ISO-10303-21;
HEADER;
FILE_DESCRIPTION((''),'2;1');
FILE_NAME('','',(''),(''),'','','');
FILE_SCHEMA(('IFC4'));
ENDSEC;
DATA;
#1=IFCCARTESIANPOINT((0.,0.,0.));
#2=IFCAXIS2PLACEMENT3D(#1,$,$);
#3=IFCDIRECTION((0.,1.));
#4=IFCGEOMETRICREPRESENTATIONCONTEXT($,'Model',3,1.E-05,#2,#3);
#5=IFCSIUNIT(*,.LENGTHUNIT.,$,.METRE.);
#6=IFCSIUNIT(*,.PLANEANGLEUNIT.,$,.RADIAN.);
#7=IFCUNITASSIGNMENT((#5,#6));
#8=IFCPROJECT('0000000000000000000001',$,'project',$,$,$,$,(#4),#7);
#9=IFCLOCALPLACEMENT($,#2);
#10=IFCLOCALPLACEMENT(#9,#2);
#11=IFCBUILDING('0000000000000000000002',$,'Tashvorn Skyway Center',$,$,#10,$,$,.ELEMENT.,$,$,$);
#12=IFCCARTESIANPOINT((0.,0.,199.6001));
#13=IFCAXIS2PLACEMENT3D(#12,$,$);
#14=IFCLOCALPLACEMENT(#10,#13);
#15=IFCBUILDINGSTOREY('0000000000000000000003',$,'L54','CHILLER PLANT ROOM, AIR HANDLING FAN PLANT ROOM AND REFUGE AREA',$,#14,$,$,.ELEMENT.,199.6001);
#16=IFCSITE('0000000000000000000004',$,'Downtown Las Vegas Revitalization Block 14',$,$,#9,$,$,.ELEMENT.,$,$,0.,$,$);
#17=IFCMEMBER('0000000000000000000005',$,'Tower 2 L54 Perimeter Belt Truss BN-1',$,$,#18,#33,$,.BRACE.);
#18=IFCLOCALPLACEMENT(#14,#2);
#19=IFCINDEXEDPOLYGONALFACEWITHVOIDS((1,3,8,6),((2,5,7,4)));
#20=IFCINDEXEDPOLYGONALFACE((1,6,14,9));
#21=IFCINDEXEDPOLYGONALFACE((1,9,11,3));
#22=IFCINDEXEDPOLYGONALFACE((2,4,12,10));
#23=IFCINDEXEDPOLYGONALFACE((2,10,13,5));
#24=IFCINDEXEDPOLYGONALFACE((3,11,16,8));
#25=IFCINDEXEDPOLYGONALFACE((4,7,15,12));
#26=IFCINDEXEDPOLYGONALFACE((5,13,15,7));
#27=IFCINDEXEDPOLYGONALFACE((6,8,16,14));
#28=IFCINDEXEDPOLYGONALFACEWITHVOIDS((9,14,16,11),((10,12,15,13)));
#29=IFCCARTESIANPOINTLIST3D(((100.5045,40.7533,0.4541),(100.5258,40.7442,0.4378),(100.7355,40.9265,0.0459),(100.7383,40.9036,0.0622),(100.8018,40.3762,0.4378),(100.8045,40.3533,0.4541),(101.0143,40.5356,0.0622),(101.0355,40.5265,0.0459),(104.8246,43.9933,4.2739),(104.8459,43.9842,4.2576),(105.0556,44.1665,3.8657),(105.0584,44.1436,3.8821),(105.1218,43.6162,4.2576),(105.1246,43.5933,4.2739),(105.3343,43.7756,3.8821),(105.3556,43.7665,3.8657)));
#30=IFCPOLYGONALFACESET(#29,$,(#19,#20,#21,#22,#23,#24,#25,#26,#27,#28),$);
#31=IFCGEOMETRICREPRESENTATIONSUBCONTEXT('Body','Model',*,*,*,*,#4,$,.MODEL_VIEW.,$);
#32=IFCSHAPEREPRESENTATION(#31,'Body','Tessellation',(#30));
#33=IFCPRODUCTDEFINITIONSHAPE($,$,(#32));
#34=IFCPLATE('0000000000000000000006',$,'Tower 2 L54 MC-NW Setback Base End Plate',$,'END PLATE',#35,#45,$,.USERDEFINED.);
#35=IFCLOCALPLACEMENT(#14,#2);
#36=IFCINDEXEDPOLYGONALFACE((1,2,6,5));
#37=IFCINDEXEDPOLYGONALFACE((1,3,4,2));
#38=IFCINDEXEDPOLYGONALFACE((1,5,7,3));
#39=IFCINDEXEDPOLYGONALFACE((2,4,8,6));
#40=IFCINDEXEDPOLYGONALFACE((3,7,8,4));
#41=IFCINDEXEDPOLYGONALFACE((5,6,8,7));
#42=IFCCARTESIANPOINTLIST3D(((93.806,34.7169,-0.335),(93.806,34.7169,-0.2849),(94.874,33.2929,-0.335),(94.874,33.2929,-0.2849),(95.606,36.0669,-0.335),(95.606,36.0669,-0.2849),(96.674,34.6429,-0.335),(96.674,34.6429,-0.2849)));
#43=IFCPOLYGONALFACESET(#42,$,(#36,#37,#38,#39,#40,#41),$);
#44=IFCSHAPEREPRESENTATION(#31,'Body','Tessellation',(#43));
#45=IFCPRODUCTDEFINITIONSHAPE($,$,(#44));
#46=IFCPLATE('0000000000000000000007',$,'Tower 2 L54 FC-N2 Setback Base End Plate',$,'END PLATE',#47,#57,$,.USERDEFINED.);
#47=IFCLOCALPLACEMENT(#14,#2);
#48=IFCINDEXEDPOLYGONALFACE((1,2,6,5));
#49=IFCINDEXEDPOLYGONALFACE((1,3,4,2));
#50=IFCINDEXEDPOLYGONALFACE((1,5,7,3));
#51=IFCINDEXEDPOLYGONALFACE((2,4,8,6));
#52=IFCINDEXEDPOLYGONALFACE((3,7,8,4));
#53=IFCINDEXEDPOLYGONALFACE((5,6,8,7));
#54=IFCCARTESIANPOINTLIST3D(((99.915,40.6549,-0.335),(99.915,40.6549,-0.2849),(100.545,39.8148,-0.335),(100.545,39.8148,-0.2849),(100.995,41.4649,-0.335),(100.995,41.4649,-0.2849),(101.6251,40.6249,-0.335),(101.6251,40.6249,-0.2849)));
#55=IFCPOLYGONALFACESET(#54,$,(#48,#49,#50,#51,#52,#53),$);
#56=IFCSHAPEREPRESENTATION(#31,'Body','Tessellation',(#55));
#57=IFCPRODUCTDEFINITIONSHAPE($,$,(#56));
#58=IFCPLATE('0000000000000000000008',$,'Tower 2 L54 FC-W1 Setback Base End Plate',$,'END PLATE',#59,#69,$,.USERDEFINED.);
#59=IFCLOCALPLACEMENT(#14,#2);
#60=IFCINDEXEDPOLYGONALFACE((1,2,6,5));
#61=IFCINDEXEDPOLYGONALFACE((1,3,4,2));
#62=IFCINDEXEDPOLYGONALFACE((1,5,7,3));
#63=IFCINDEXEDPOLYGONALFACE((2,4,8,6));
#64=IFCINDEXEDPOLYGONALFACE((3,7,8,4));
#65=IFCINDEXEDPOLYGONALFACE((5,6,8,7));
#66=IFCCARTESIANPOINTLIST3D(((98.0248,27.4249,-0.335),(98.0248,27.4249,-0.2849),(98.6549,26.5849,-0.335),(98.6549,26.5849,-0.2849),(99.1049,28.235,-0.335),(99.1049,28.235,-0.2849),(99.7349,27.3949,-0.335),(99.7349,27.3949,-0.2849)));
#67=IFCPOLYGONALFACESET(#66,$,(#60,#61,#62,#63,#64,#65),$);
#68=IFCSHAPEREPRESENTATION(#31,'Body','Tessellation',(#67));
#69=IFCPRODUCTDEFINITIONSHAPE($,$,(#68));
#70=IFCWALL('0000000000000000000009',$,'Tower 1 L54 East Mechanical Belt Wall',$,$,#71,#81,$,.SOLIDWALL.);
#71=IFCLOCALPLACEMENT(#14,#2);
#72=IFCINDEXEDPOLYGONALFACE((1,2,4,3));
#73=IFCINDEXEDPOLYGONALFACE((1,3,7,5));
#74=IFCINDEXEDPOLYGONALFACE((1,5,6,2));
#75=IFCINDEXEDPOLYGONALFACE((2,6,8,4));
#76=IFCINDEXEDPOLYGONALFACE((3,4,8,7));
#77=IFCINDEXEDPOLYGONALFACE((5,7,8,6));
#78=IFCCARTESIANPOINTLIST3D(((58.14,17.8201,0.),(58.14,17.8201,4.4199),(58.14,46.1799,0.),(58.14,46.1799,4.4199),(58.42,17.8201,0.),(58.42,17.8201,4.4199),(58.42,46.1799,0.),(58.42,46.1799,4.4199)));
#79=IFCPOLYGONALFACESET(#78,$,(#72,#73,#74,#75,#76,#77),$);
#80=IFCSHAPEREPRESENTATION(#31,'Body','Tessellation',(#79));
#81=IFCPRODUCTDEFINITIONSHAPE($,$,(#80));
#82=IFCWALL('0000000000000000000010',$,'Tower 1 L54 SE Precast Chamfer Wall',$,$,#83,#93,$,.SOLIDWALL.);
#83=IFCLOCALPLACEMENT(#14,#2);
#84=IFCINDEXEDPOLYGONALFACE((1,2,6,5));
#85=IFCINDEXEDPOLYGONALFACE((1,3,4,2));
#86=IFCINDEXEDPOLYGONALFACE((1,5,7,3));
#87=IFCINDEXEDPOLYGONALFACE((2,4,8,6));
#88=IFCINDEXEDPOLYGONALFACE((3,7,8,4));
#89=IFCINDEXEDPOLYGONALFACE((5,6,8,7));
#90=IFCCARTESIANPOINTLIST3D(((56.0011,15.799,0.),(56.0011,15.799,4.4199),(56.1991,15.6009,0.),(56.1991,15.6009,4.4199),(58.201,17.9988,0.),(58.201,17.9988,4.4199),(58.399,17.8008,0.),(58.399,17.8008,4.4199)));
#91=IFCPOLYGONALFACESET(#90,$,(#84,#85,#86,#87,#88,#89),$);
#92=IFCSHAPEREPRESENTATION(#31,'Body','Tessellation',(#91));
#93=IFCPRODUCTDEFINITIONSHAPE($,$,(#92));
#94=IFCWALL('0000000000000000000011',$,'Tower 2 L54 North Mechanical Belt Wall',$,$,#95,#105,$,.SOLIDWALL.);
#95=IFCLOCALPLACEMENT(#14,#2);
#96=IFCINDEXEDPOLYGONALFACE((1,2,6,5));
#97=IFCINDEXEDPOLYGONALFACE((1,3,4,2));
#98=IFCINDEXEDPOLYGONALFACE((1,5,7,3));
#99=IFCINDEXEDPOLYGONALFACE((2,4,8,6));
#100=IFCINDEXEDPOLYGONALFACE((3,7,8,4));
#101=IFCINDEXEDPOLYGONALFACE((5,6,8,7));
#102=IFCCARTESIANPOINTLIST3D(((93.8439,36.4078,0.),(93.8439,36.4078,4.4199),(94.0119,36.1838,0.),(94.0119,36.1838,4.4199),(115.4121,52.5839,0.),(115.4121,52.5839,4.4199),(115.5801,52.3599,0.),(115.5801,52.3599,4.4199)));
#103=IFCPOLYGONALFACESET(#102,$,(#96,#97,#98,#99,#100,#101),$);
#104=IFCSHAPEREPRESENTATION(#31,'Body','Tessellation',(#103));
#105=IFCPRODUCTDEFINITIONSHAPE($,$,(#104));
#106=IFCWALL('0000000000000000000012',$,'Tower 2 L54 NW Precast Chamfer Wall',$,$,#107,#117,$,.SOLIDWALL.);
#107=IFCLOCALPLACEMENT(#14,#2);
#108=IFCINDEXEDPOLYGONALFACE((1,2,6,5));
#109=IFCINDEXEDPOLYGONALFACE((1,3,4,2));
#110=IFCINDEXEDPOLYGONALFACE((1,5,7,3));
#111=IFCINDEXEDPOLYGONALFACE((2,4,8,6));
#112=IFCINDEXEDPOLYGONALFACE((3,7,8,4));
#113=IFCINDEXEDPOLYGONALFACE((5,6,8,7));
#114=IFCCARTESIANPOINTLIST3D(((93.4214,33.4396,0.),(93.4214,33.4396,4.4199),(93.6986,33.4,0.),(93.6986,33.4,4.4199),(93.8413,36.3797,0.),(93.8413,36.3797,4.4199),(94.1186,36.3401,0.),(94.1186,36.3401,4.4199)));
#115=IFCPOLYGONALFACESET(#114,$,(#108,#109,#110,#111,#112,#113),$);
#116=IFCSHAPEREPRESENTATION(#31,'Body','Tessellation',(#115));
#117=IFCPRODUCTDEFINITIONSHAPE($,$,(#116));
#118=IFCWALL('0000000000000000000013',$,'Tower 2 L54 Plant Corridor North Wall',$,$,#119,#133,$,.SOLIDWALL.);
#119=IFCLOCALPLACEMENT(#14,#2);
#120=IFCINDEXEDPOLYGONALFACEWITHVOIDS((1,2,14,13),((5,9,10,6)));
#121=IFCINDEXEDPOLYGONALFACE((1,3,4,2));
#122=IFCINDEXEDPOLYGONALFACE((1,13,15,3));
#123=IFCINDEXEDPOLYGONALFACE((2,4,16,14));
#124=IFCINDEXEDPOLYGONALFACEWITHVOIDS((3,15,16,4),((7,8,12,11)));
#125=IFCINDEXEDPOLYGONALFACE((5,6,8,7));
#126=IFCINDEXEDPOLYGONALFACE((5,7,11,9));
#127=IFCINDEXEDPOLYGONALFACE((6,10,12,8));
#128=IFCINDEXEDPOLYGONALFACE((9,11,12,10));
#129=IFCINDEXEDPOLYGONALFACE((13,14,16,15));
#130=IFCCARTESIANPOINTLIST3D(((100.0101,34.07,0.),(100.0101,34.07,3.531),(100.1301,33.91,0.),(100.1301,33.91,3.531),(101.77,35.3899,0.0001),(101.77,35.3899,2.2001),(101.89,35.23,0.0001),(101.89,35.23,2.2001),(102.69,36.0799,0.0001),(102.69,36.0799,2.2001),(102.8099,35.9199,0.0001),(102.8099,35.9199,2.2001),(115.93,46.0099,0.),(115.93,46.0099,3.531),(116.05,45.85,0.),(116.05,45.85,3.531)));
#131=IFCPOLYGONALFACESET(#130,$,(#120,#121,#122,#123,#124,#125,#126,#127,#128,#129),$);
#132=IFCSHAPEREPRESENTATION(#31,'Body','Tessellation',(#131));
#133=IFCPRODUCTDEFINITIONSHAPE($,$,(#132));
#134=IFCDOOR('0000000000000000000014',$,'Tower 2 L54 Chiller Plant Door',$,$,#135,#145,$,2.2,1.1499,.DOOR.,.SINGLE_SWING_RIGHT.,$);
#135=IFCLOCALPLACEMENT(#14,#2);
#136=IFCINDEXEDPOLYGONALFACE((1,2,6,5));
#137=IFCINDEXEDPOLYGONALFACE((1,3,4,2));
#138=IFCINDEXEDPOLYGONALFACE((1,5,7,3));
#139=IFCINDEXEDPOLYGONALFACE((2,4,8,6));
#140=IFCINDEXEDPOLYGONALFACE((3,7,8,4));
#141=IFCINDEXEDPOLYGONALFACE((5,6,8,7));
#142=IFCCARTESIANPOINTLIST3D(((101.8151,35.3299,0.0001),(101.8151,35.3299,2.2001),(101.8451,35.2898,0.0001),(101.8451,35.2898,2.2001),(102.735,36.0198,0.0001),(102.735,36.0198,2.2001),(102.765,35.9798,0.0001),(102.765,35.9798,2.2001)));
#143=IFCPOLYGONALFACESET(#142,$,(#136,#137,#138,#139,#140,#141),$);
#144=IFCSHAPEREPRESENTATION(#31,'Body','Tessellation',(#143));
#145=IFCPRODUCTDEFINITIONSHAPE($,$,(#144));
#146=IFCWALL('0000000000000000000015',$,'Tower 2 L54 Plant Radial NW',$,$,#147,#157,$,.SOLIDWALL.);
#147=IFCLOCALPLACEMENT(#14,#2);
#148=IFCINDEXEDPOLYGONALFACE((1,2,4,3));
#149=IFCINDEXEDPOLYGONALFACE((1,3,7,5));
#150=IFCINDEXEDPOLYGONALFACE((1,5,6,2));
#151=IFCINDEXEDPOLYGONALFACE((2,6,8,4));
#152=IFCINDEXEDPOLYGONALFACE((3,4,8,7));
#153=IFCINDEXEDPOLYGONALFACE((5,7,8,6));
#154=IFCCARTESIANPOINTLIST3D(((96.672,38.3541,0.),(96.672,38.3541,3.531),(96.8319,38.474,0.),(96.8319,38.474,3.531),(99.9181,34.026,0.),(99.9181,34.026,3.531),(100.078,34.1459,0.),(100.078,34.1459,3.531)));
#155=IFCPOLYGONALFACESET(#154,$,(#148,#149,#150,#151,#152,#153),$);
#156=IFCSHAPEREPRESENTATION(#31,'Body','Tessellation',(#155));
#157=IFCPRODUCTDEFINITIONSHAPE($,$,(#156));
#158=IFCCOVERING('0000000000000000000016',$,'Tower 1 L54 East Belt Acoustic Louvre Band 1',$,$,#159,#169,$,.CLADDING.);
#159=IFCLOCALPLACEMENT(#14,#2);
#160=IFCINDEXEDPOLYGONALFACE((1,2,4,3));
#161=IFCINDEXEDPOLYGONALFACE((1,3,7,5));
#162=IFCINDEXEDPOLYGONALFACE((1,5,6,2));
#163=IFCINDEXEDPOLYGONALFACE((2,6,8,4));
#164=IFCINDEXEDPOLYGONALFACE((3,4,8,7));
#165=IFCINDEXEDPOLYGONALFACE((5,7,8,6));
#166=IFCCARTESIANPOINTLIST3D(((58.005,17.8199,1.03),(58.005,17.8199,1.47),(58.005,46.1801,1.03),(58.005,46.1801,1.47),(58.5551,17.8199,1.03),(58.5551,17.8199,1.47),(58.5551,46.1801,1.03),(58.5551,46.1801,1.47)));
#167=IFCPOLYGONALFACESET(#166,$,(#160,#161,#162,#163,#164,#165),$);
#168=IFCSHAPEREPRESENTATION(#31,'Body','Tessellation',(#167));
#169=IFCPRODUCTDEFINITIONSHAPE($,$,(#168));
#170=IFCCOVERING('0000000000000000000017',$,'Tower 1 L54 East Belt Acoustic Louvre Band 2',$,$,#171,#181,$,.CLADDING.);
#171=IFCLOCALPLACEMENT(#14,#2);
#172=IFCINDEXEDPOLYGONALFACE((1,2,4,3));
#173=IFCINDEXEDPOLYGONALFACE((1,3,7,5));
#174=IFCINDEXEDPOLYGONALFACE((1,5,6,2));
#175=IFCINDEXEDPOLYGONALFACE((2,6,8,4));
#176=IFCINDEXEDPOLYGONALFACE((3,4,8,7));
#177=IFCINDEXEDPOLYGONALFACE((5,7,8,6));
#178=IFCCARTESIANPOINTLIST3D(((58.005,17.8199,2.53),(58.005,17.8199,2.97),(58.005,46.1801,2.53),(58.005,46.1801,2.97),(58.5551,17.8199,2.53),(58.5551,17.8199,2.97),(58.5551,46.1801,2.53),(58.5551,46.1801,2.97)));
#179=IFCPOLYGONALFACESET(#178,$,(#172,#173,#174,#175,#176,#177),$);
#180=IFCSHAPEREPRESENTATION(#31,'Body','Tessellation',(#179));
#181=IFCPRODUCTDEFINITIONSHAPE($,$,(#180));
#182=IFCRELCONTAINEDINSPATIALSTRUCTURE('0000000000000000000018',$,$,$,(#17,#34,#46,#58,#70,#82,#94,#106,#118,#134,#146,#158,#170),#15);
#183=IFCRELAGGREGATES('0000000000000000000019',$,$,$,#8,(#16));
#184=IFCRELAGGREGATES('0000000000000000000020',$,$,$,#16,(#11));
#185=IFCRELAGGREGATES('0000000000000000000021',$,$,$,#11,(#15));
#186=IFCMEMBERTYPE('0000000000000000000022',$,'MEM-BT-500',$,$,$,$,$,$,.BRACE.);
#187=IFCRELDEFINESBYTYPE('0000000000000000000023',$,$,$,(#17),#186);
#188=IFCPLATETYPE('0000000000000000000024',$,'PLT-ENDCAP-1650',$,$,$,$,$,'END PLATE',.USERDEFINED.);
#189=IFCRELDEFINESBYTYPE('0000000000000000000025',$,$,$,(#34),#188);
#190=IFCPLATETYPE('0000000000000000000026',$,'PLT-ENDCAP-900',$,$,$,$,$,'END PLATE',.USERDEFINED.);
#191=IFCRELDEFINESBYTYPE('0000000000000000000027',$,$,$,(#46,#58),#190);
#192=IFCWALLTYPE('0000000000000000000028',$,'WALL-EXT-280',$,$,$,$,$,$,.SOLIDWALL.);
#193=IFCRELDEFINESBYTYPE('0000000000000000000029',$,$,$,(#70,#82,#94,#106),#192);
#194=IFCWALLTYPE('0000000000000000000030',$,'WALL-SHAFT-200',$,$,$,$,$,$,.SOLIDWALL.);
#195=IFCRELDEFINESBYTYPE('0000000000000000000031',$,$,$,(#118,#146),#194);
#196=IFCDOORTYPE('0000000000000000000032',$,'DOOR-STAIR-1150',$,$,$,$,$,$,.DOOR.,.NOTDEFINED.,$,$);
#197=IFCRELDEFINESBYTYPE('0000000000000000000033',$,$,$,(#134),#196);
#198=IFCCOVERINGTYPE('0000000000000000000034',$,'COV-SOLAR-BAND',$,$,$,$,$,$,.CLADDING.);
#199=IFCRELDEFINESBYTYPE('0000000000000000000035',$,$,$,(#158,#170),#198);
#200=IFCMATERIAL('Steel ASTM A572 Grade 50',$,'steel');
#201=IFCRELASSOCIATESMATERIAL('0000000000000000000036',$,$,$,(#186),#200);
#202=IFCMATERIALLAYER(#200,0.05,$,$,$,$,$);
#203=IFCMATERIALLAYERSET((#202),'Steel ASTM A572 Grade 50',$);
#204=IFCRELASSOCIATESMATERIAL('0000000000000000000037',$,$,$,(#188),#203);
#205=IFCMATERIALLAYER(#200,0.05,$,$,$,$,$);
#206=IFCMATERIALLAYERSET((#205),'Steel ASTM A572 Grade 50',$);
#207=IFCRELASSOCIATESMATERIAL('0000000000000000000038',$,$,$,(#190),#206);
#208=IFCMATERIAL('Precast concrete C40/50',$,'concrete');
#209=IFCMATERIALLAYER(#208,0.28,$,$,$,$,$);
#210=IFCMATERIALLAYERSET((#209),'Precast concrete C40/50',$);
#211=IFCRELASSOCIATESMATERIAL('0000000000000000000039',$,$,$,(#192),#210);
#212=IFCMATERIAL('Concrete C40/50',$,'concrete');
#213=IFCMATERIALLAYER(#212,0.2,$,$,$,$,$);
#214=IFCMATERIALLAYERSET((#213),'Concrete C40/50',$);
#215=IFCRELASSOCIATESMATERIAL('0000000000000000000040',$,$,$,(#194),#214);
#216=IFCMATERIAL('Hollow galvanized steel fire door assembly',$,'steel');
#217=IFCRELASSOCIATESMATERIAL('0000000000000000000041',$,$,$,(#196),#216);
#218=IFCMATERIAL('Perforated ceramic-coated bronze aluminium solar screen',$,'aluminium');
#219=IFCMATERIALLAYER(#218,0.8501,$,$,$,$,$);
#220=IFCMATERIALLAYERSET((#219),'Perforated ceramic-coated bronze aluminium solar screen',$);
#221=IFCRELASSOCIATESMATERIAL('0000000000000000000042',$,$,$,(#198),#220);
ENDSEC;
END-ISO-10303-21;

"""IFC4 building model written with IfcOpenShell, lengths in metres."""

from ifc_helpers import new_model, si_unit, direction, frame, frame_2d, origin, origin_2d, place, context, subcontext, project, spatial, rectangle, hollow_rectangle, extrude, material, layer, layer_set, material_profile, profile_set, type_object, element, fill, save


model = new_model("IFC4")

# Units and contexts
model_context = context("Model", 3, precision=1e-05, world=origin(), true_north=direction((0.0, 1.0)))
body_context = subcontext(model_context, "Body", "Model", "MODEL_VIEW")
ifc_project = project(units=[si_unit("LENGTHUNIT", "METRE"), si_unit("PLANEANGLEUNIT", "RADIAN")], contexts=[model_context])

# Site, building, storey
site_placement = place(None, origin())
site = spatial("IfcSite", under=ifc_project, at=site_placement, Name="Downtown Las Vegas Revitalization Block 14", CompositionType="ELEMENT", RefElevation=0.0)
building_placement = place(site_placement, origin())
building = spatial("IfcBuilding", under=site, at=building_placement, Name="Tashvorn Skyway Center", CompositionType="ELEMENT")
storey_placement = place(building_placement, frame((0.0, 0.0, 199.6001)))
storey = spatial("IfcBuildingStorey", under=building, at=storey_placement, Name="L54", Description="CHILLER PLANT ROOM, AIR HANDLING FAN PLANT ROOM AND REFUGE AREA", CompositionType="ELEMENT", Elevation=199.6001)

# Shared definitions
ifc_material_1 = material(Name="Steel ASTM A572 Grade 50", Category="steel")

# Member
ifc_material_profile_1 = material_profile(ifc_material_1, hollow_rectangle(XDim=0.5, YDim=0.5, WallThickness=0.02, at=origin_2d()), Name="HSS500x500x20")
ifc_profile_set_1 = profile_set([ifc_material_profile_1], Name="Steel ASTM A572 Grade 50")
member_type = type_object("IfcMemberType", Name="MEM-BT-500", PredefinedType="BRACE", material=ifc_profile_set_1)
member_placement = place(storey_placement, frame((100.77, 40.6399, 0.25), z_axis=(0.653121, 0.489832, 0.577493), x_axis=(-0.599993, 0.800005, 0.0)))
element("IfcMember", 1, at=member_placement, inside=storey, type_object=member_type, Name="Tower 2 L54 Perimeter Belt Truss BN-1", PredefinedType="BRACE", context=body_context, shape_type="SweptSolid", body=[
    extrude(hollow_rectangle(XDim=0.5, YDim=0.5, WallThickness=0.02, at=origin_2d()), origin(), (0.0, 0.0, 1.0), 6.6145),
])

# Plates
ifc_layer_1 = layer(ifc_material_1, 0.05)
ifc_layer_set_1 = layer_set([ifc_layer_1], Name="Steel ASTM A572 Grade 50")
plate_type_1 = type_object("IfcPlateType", Name="PLT-ENDCAP-1650", ElementType="END PLATE", PredefinedType="USERDEFINED", material=ifc_layer_set_1)
plate_placement = place(storey_placement, frame((95.24, 34.6799, -0.335), z_axis=(0.0, 0.0, 1.0), x_axis=(0.8, 0.6, 0.0)))
element("IfcPlate", 2, at=plate_placement, inside=storey, type_object=plate_type_1, Name="Tower 2 L54 MC-NW Setback Base End Plate", ObjectType="END PLATE", PredefinedType="USERDEFINED", context=body_context, shape_type="SweptSolid", body=[
    extrude(rectangle(XDim=2.25, YDim=1.78, at=origin_2d()), origin(), (0.0, 0.0, 1.0), 0.05),
])
ifc_layer_2 = layer(ifc_material_1, 0.05)
ifc_layer_set_2 = layer_set([ifc_layer_2], Name="Steel ASTM A572 Grade 50")
plate_type_2 = type_object("IfcPlateType", Name="PLT-ENDCAP-900", ElementType="END PLATE", PredefinedType="USERDEFINED", material=ifc_layer_set_2)
for number, where, z_axis, x_axis, name in (
    (3, (100.77, 40.6399, -0.335), (0.0, 0.0, 1.0), (0.8, 0.6, 0.0), "Tower 2 L54 FC-N2 Setback Base End Plate"),
    (4, (98.8799, 27.4099, -0.335), (0.0, 0.0, 1.0), (0.8, 0.6, 0.0), "Tower 2 L54 FC-W1 Setback Base End Plate"),
):
    element("IfcPlate", number, at=place(storey_placement, frame(where, z_axis=z_axis, x_axis=x_axis)), inside=storey, type_object=plate_type_2, Name=name, ObjectType="END PLATE", PredefinedType="USERDEFINED", context=body_context, shape_type="SweptSolid", body=[
        extrude(rectangle(XDim=1.3501, YDim=1.05, at=origin_2d()), origin(), (0.0, 0.0, 1.0), 0.05),
    ])

# Walls
ifc_material_2 = material(Name="Precast concrete C40/50", Category="concrete")
ifc_layer_3 = layer(ifc_material_2, 0.28)
ifc_layer_set_3 = layer_set([ifc_layer_3], Name="Precast concrete C40/50")
wall_type_1 = type_object("IfcWallType", Name="WALL-EXT-280", PredefinedType="SOLIDWALL", material=ifc_layer_set_3)
wall_1_placement = place(storey_placement, frame((58.28, 46.1799, 0.0), z_axis=(0.0, 0.0, 1.0), x_axis=(0.0, -1.0, 0.0)))
element("IfcWall", 5, at=wall_1_placement, inside=storey, type_object=wall_type_1, Name="Tower 1 L54 East Mechanical Belt Wall", PredefinedType="SOLIDWALL", context=body_context, shape_type="SweptSolid", body=[
    extrude(rectangle(XDim=28.3599, YDim=0.28, at=frame_2d((14.1799, 0.0))), origin(), (0.0, 0.0, 1.0), 4.4199),
])
wall_2_placement = place(storey_placement, frame((58.3, 17.8999, 0.0), z_axis=(0.0, 0.0, 1.0), x_axis=(-0.707107, -0.707107, 0.0)))
element("IfcWall", 6, at=wall_2_placement, inside=storey, type_object=wall_type_1, Name="Tower 1 L54 SE Precast Chamfer Wall", PredefinedType="SOLIDWALL", context=body_context, shape_type="SweptSolid", body=[
    extrude(rectangle(XDim=3.1111, YDim=0.28, at=frame_2d((1.5557, 0.0))), origin(), (0.0, 0.0, 1.0), 4.4199),
])
wall_3_placement = place(storey_placement, frame((93.928, 36.2959, 0.0), z_axis=(0.0, 0.0, 1.0), x_axis=(0.800001, 0.599999, 0.0)))
element("IfcWall", 7, at=wall_3_placement, inside=storey, type_object=wall_type_1, Name="Tower 2 L54 North Mechanical Belt Wall", PredefinedType="SOLIDWALL", context=body_context, shape_type="SweptSolid", body=[
    extrude(rectangle(XDim=26.9602, YDim=0.28, at=frame_2d((13.48, 0.0))), origin(), (0.0, 0.0, 1.0), 4.4199),
])
wall_4_placement = place(storey_placement, frame((93.5601, 33.4199, 0.0), z_axis=(0.0, 0.0, 1.0), x_axis=(0.141387, 0.989954, 0.0)))
element("IfcWall", 8, at=wall_4_placement, inside=storey, type_object=wall_type_1, Name="Tower 2 L54 NW Precast Chamfer Wall", PredefinedType="SOLIDWALL", context=body_context, shape_type="SweptSolid", body=[
    extrude(rectangle(XDim=2.97, YDim=0.28, at=frame_2d((1.4849, 0.0))), origin(), (0.0, 0.0, 1.0), 4.4199),
])

# Wall, opening, door
ifc_material_3 = material(Name="Concrete C40/50", Category="concrete")
ifc_layer_4 = layer(ifc_material_3, 0.2)
ifc_layer_set_4 = layer_set([ifc_layer_4], Name="Concrete C40/50")
wall_type_2 = type_object("IfcWallType", Name="WALL-SHAFT-200", PredefinedType="SOLIDWALL", material=ifc_layer_set_4)
wall_5_placement = place(storey_placement, frame((100.0701, 33.99, 0.0), z_axis=(0.0, 0.0, 1.0), x_axis=(0.8, 0.6, 0.0)))
wall_5 = element("IfcWall", 9, at=wall_5_placement, inside=storey, type_object=wall_type_2, Name="Tower 2 L54 Plant Corridor North Wall", PredefinedType="SOLIDWALL", context=body_context, shape_type="SweptSolid", body=[
    extrude(rectangle(XDim=19.8999, YDim=0.2, at=frame_2d((9.95, 0.0))), origin(), (0.0, 0.0, 1.0), 3.531),
])
opening_placement = place(wall_5_placement, frame((2.2, 0.0, 0.0)))
opening = element("IfcOpeningElement", 10, at=opening_placement, cuts=wall_5, PredefinedType="OPENING", context=body_context, shape_type="SweptSolid", body=[
    extrude(rectangle(XDim=1.1499, YDim=2.2, at=frame_2d((0.575, 1.1001))), frame((0.0, 0.1099, 0.0), z_axis=(0.0, -1.0, 0.0), x_axis=(1.0, 0.0, 0.0)), (0.0, 0.0, 1.0), 0.22),
])
ifc_material_4 = material(Name="Hollow galvanized steel fire door assembly", Category="steel")
door_type = type_object("IfcDoorType", Name="DOOR-STAIR-1150", OperationType="NOTDEFINED", PredefinedType="DOOR", material=ifc_material_4)
door_placement = place(opening_placement, origin())
door = element("IfcDoor", 11, at=door_placement, inside=storey, type_object=door_type, Name="Tower 2 L54 Chiller Plant Door", OperationType="SINGLE_SWING_RIGHT", OverallHeight=2.2, OverallWidth=1.1499, PredefinedType="DOOR", context=body_context, shape_type="SweptSolid", body=[
    extrude(rectangle(XDim=1.1499, YDim=2.2, at=frame_2d((0.575, 1.1001))), frame((0.0, 0.0249, 0.0), z_axis=(0.0, -1.0, 0.0), x_axis=(1.0, 0.0, 0.0)), (0.0, 0.0, 1.0), 0.05),
])
fill(opening, door)

# Wall
wall_6_placement = place(storey_placement, frame((99.998, 34.0859, 0.0), z_axis=(0.0, 0.0, 1.0), x_axis=(-0.6, 0.8, 0.0)))
element("IfcWall", 12, at=wall_6_placement, inside=storey, type_object=wall_type_2, Name="Tower 2 L54 Plant Radial NW", PredefinedType="SOLIDWALL", context=body_context, shape_type="SweptSolid", body=[
    extrude(rectangle(XDim=5.4102, YDim=0.2, at=frame_2d((2.7051, 0.0))), origin(), (0.0, 0.0, 1.0), 3.531),
])

# Coverings
ifc_material_5 = material(Name="Perforated ceramic-coated bronze aluminium solar screen", Category="aluminium")
ifc_layer_5 = layer(ifc_material_5, 0.8501)
ifc_layer_set_5 = layer_set([ifc_layer_5], Name="Perforated ceramic-coated bronze aluminium solar screen")
covering_type_1 = type_object("IfcCoveringType", Name="COV-SOLAR-BAND", PredefinedType="CLADDING", material=ifc_layer_set_5)
for number, where, z_axis, x_axis, name in (
    (13, (58.28, 32.0, 1.03), (0.0, 0.0, 1.0), (0.0, -1.0, 0.0), "Tower 1 L54 East Belt Acoustic Louvre Band 1"),
    (14, (58.28, 32.0, 2.53), (0.0, 0.0, 1.0), (0.0, -1.0, 0.0), "Tower 1 L54 East Belt Acoustic Louvre Band 2"),
):
    element("IfcCovering", number, at=place(storey_placement, frame(where, z_axis=z_axis, x_axis=x_axis)), inside=storey, type_object=covering_type_1, Name=name, PredefinedType="CLADDING", context=body_context, shape_type="SweptSolid", body=[
        extrude(rectangle(XDim=28.3601, YDim=0.55, at=origin_2d()), origin(), (0.0, 0.0, 1.0), 0.4399),
    ])

save(model, "model.ifc")
